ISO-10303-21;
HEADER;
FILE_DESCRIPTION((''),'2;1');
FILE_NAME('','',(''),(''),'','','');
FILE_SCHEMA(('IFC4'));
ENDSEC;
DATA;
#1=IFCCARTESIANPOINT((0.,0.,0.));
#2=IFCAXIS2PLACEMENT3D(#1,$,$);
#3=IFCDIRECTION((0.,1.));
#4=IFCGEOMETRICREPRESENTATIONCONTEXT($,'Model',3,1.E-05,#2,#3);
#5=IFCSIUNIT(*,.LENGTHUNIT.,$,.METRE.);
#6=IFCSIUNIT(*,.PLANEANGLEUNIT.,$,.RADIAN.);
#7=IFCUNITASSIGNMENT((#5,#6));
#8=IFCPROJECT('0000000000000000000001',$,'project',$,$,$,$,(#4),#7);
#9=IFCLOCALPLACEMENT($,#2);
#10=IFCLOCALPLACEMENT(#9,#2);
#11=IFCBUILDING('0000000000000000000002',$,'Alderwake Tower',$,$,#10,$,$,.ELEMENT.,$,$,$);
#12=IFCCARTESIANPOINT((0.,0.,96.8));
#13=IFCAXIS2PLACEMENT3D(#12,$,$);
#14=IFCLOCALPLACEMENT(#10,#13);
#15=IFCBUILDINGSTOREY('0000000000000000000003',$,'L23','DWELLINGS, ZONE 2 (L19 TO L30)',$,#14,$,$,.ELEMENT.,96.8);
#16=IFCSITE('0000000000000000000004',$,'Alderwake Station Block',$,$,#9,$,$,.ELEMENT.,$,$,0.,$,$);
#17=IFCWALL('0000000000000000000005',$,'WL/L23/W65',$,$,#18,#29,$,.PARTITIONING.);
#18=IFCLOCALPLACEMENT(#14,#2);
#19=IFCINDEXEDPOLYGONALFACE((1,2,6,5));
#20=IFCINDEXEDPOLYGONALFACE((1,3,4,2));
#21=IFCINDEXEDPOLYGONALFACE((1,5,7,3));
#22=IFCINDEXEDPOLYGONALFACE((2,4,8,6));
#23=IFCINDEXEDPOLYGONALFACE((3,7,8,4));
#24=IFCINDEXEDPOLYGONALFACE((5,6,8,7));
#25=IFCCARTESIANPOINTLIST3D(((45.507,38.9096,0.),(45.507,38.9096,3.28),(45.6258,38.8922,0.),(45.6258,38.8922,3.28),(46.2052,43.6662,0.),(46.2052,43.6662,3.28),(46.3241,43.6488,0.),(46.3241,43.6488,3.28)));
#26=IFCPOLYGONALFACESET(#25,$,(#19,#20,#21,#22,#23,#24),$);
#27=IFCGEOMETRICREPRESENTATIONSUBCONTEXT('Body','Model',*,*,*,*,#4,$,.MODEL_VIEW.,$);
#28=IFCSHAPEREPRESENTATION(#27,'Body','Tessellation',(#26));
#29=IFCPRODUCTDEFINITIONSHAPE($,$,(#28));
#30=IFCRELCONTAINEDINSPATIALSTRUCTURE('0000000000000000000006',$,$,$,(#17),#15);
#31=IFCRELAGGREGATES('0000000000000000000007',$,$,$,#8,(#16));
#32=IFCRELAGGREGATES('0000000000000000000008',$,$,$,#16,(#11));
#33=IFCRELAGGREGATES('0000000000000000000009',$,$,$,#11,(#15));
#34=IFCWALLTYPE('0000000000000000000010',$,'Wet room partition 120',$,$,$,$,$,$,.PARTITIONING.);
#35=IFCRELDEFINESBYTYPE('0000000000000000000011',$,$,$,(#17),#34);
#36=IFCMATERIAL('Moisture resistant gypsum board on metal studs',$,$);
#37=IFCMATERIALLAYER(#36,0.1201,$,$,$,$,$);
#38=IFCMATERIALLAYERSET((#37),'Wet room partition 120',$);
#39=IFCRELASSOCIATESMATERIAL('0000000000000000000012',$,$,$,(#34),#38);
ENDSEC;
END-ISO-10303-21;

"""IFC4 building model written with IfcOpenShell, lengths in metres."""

from ifc_helpers import new_model, si_unit, direction, frame, frame_2d, origin, place, context, subcontext, project, spatial, rectangle, extrude, material, layer, layer_set, type_object, element, save


model = new_model("IFC4")

# Units and contexts
model_context = context("Model", 3, precision=1e-05, world=origin(), true_north=direction((0.0, 1.0)))
body_context = subcontext(model_context, "Body", "Model", "MODEL_VIEW")
ifc_project = project(units=[si_unit("LENGTHUNIT", "METRE"), si_unit("PLANEANGLEUNIT", "RADIAN")], contexts=[model_context])

# Site, building, storey
site_placement = place(None, origin())
site = spatial("IfcSite", under=ifc_project, at=site_placement, Name="Alderwake Station Block", CompositionType="ELEMENT", RefElevation=0.0)
building_placement = place(site_placement, origin())
building = spatial("IfcBuilding", under=site, at=building_placement, Name="Alderwake Tower", CompositionType="ELEMENT")
storey_placement = place(building_placement, frame((0.0, 0.0, 96.8)))
storey = spatial("IfcBuildingStorey", under=building, at=storey_placement, Name="L23", Description="DWELLINGS, ZONE 2 (L19 TO L30)", CompositionType="ELEMENT", Elevation=96.8)

# Shared definitions
ifc_material_1 = material(Name="Moisture resistant gypsum board on metal studs")
ifc_layer_1 = layer(ifc_material_1, 0.1201)
ifc_layer_set_1 = layer_set([ifc_layer_1], Name="Wet room partition 120")
wall_type_1 = type_object("IfcWallType", Name="Wet room partition 120", PredefinedType="PARTITIONING", material=ifc_layer_set_1)

# Wall
wall_1_placement = place(storey_placement, frame((45.5664, 38.9009, 0.0), z_axis=(0.0, 0.0, 1.0), x_axis=(0.145238, 0.989397, 0.0)))
element("IfcWall", 1, at=wall_1_placement, inside=storey, type_object=wall_type_1, Name="WL/L23/W65", PredefinedType="PARTITIONING", context=body_context, shape_type="SweptSolid", body=[
    extrude(rectangle(XDim=4.8076, YDim=0.1201, at=frame_2d((2.4038, 0.0))), origin(), (0.0, 0.0, 1.0), 3.28),
])

save(model, "model.ifc")
